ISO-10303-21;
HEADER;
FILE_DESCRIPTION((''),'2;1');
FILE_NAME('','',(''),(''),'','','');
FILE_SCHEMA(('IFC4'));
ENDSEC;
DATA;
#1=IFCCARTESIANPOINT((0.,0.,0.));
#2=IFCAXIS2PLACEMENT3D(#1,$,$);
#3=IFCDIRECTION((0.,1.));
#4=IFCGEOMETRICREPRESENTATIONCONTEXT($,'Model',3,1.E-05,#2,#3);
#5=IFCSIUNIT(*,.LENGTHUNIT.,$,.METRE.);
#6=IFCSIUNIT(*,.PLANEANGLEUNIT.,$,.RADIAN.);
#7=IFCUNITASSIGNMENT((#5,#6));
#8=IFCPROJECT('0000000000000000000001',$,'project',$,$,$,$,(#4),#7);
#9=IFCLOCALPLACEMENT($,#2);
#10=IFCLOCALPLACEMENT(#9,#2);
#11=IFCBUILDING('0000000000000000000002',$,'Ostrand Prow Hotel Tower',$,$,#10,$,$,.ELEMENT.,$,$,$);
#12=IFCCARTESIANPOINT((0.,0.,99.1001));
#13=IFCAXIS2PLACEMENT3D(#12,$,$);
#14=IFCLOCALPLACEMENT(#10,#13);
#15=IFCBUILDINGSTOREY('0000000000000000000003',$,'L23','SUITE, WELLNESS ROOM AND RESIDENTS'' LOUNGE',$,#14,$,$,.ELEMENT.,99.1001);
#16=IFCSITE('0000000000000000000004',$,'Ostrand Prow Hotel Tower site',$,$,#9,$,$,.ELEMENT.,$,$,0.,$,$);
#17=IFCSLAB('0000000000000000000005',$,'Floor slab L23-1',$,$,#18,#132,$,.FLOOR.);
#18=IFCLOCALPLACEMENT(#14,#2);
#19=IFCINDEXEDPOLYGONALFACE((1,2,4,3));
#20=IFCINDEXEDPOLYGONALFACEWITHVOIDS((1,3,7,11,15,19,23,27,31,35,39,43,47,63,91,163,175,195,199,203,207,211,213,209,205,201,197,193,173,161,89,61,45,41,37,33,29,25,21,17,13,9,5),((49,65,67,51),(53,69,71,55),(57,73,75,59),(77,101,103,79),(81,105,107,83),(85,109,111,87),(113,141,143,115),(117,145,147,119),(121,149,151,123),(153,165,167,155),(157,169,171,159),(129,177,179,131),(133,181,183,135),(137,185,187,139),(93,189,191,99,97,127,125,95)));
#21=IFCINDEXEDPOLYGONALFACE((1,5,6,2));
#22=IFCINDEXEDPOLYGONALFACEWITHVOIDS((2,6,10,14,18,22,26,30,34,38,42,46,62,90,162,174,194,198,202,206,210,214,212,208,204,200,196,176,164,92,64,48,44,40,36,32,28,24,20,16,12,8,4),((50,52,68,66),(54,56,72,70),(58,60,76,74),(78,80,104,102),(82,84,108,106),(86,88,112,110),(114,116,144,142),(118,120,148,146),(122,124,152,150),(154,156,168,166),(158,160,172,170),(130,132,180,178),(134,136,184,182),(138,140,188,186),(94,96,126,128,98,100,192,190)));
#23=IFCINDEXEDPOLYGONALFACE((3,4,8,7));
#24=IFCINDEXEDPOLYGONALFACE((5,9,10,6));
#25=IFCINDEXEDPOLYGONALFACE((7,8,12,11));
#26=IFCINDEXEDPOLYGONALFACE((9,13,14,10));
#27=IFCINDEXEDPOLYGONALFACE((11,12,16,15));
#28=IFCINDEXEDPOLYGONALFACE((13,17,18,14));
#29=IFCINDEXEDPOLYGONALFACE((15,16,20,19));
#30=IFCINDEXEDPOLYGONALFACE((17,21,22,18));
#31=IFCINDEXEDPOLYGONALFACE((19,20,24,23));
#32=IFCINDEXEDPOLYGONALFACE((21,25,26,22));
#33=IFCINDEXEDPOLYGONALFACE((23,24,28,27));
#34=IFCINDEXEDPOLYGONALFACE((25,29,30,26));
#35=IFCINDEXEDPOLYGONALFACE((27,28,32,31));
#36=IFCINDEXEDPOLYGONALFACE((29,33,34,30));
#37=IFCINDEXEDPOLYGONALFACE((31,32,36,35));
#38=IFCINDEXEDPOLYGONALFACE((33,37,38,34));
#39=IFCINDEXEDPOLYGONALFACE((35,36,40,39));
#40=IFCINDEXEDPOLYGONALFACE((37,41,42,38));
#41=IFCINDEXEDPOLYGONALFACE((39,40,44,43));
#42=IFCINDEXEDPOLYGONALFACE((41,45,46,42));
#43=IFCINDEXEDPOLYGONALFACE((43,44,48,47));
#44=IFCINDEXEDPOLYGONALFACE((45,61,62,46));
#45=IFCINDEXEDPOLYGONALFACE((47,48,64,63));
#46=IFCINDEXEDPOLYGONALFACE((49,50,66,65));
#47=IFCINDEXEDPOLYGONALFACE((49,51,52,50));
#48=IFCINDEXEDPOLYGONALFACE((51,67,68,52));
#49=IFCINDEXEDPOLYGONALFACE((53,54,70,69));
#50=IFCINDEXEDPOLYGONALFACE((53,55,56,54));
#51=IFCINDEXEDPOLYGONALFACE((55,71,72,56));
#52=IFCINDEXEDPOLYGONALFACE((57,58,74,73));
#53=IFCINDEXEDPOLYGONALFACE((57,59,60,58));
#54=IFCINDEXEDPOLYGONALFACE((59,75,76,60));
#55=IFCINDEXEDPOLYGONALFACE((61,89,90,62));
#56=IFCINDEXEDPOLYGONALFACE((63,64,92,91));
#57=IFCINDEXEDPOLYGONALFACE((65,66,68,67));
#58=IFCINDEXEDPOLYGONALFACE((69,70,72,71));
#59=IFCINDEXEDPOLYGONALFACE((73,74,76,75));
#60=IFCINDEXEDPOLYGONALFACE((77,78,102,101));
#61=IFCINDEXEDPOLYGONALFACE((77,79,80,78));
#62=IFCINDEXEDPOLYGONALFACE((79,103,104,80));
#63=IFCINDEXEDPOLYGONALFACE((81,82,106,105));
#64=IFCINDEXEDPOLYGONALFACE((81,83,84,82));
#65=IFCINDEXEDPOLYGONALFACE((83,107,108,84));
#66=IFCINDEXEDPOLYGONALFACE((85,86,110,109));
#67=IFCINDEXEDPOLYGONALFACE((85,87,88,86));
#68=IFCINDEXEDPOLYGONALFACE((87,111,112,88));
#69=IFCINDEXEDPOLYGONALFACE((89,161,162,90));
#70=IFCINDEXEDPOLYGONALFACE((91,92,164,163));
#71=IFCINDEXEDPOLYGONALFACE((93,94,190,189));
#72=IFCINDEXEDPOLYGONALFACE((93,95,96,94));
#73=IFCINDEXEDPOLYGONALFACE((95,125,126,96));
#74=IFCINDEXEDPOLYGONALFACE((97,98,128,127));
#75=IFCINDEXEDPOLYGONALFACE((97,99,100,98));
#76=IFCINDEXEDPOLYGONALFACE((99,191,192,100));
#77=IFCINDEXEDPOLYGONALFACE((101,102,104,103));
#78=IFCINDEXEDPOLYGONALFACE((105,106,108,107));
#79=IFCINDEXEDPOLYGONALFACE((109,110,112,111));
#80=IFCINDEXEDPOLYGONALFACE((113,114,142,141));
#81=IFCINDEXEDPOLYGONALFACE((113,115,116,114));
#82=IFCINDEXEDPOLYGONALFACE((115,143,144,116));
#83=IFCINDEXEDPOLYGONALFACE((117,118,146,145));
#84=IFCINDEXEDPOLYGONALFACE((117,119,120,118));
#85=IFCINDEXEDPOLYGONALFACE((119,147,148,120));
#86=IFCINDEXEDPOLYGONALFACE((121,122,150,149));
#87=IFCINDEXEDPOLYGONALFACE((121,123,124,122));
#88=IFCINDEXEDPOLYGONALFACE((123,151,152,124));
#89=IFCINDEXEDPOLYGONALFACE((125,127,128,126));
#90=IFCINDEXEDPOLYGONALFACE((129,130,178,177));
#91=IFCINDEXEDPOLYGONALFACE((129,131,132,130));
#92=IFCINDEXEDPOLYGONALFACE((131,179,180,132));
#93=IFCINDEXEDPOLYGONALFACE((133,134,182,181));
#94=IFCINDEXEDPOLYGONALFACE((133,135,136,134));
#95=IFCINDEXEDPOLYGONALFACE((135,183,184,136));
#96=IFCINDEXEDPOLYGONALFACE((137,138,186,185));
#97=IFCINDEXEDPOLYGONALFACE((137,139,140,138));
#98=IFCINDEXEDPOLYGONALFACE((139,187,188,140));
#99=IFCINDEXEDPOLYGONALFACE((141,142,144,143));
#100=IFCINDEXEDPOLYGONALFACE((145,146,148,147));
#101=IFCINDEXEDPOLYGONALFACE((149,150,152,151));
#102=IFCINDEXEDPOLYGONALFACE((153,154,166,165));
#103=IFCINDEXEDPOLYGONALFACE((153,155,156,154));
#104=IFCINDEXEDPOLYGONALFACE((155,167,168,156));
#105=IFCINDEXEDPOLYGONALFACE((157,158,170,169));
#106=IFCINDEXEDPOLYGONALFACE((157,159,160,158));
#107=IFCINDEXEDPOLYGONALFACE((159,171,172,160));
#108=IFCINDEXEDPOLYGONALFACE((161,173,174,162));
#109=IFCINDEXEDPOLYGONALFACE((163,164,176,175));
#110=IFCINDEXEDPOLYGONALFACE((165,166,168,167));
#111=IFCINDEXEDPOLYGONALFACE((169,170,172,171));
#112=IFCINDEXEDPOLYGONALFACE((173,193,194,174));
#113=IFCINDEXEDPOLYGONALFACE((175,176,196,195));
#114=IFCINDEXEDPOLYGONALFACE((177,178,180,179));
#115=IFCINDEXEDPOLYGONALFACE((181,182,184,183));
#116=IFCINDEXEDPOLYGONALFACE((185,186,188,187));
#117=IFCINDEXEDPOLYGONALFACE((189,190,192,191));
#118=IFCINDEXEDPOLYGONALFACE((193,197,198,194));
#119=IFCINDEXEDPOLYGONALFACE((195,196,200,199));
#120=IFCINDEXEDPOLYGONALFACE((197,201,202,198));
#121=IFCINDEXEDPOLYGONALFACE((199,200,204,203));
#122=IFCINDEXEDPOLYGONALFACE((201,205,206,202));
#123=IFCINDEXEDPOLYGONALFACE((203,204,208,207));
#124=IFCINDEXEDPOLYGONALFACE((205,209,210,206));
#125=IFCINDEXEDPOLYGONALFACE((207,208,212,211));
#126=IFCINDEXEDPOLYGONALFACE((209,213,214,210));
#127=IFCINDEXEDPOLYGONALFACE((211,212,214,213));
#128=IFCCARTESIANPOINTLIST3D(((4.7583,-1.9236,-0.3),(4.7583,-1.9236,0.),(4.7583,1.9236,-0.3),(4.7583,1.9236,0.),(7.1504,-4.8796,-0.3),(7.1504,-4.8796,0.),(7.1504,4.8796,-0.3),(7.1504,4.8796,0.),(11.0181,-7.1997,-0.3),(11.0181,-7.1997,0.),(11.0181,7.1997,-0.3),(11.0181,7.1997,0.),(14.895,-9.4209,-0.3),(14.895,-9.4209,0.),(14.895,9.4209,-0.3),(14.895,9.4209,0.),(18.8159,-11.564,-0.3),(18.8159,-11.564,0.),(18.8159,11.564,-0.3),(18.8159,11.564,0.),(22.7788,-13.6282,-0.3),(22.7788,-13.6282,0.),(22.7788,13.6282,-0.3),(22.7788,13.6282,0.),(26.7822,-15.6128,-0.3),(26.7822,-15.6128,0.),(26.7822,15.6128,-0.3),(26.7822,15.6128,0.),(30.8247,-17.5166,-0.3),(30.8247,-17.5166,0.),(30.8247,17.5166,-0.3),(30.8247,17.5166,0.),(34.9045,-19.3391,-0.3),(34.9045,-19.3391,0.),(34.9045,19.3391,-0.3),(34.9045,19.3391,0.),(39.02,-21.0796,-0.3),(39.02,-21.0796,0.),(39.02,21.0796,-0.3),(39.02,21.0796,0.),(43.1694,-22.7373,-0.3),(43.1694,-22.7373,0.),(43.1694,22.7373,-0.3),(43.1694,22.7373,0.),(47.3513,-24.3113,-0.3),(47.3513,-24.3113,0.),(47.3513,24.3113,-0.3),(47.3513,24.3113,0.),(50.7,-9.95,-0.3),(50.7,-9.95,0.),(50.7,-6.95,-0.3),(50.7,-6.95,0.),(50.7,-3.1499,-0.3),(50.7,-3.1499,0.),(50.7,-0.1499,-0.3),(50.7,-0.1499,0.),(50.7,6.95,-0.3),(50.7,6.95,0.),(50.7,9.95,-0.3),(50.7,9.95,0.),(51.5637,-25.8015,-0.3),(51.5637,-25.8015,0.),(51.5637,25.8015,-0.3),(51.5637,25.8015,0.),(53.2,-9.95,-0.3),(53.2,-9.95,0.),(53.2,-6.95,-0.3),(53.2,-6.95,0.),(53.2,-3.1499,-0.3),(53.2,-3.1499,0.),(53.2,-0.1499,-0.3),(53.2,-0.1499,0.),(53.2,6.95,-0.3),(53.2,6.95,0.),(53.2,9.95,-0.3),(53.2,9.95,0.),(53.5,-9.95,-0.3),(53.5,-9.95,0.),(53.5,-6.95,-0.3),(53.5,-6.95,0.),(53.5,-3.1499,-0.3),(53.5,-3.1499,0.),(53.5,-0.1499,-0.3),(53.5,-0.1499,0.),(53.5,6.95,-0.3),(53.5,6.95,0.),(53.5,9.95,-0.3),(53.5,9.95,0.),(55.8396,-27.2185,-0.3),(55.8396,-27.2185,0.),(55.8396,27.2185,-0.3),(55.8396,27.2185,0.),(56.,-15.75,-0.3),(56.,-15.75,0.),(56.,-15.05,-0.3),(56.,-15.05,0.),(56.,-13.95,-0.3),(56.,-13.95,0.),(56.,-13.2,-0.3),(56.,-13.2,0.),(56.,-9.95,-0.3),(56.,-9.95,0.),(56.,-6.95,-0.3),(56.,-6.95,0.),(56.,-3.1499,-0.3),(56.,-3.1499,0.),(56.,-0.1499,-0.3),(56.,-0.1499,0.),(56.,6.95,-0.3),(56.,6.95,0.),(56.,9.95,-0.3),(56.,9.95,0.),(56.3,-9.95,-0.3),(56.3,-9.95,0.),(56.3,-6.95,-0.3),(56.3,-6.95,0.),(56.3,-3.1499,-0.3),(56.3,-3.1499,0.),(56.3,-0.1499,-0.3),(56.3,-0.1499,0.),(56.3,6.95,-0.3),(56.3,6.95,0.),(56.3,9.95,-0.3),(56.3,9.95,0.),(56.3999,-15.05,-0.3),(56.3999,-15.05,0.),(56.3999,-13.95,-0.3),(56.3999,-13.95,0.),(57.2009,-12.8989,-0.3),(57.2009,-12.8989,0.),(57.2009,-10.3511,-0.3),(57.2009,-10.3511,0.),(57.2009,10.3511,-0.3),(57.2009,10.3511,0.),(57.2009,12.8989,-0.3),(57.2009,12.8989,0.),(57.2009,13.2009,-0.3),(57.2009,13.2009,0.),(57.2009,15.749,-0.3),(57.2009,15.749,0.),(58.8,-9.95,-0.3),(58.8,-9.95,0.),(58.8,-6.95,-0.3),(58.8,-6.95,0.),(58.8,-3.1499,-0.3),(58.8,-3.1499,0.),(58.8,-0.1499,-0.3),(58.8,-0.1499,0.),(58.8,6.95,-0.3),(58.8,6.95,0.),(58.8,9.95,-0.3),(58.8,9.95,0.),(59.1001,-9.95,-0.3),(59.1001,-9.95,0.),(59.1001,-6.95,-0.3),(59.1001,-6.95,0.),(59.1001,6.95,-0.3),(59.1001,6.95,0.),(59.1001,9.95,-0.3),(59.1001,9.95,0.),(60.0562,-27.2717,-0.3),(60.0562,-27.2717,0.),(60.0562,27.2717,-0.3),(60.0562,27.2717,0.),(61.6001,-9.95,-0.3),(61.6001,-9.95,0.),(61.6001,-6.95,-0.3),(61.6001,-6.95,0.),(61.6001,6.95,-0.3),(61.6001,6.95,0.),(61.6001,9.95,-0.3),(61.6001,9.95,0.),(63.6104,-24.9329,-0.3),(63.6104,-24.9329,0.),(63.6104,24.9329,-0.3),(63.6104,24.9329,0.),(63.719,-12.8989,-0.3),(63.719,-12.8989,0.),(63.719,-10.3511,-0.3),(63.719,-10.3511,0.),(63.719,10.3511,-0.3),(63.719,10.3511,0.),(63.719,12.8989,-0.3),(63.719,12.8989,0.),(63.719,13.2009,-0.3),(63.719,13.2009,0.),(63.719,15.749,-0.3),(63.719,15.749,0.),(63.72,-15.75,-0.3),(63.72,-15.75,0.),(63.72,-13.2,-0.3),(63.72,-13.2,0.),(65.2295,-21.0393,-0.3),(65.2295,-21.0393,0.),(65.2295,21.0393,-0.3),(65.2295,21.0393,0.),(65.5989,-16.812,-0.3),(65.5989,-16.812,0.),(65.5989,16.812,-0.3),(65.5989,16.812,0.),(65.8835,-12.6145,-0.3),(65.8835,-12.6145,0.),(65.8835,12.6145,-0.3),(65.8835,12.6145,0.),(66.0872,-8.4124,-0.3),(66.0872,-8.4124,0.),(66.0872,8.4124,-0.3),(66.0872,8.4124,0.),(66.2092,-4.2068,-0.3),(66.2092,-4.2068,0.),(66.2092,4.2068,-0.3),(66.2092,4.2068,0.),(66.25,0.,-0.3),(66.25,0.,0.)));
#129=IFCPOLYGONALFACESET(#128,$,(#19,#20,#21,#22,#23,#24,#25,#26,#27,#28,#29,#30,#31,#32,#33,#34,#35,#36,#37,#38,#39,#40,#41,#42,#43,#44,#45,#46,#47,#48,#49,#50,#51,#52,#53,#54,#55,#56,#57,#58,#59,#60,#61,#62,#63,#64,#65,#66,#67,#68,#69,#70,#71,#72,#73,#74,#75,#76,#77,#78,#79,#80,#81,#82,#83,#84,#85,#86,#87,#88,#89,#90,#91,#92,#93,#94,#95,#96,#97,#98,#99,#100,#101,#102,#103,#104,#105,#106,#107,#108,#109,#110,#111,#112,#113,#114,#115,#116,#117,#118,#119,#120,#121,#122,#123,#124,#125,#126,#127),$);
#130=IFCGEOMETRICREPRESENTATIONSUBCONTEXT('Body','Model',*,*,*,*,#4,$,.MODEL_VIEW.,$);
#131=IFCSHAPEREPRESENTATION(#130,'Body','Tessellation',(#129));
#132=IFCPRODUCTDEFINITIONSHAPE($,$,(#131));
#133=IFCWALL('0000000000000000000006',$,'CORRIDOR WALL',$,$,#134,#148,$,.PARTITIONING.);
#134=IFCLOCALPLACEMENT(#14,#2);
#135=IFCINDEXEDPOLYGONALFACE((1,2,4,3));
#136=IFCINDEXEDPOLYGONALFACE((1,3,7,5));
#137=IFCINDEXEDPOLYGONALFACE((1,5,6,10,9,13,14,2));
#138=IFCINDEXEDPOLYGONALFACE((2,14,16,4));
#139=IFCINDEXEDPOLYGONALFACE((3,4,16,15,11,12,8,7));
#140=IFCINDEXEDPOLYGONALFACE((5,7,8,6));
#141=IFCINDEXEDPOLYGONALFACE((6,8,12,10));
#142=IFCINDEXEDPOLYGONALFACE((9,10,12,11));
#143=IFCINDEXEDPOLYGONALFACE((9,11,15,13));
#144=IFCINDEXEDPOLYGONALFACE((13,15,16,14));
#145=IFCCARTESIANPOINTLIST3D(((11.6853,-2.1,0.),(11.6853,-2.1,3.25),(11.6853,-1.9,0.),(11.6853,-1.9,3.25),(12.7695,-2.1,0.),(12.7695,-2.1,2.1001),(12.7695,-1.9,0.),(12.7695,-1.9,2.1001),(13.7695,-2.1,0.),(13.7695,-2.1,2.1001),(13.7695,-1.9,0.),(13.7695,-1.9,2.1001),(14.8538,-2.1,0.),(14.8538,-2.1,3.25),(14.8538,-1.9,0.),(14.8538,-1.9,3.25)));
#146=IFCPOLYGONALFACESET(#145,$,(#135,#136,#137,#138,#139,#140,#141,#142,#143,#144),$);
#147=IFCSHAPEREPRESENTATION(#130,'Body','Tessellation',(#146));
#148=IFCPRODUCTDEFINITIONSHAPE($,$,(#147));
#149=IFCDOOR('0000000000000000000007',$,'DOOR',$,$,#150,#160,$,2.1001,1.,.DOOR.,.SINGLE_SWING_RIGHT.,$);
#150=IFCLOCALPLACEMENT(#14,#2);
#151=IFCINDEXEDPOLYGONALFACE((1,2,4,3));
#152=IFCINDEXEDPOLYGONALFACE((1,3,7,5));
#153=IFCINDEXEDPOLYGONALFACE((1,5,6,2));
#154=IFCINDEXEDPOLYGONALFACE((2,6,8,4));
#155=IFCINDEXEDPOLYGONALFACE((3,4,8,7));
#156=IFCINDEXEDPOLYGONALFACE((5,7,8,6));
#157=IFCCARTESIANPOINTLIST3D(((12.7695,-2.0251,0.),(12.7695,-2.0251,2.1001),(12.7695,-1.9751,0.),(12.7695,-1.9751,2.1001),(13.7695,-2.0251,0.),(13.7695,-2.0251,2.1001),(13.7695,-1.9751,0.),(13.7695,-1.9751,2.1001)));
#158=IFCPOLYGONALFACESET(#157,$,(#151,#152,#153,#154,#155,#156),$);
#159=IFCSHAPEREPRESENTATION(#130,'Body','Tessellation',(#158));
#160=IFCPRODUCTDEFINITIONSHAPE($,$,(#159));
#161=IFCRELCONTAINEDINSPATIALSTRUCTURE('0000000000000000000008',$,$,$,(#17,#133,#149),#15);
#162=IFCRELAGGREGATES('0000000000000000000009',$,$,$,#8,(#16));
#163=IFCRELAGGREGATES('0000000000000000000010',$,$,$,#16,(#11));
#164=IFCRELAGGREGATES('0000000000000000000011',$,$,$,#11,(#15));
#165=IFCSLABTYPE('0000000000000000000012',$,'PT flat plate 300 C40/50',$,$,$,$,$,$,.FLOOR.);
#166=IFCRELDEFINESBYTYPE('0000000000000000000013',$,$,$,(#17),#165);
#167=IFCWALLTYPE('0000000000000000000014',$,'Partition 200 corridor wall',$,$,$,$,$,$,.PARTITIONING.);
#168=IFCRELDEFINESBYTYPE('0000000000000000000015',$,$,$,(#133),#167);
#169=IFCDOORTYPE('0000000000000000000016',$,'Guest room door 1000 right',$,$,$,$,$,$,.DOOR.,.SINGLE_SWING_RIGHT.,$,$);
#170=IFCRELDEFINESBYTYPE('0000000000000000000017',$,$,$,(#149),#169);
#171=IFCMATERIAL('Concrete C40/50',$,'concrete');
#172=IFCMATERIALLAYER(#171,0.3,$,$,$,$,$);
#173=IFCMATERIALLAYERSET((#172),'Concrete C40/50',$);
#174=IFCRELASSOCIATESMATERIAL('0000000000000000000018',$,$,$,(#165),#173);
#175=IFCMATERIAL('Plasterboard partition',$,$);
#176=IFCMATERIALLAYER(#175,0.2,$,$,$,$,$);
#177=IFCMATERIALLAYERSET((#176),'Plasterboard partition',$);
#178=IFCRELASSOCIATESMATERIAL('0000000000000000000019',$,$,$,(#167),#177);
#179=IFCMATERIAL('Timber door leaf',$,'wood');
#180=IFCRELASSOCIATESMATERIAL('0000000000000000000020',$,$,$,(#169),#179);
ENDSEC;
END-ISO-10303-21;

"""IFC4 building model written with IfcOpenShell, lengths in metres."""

from ifc_helpers import new_model, si_unit, direction, frame, frame_2d, origin, place, context, subcontext, project, spatial, polyline, rectangle, outline, extrude, material, layer, layer_set, type_object, element, fill, save


model = new_model("IFC4")

# Units and contexts
model_context = context("Model", 3, precision=1e-05, world=origin(), true_north=direction((0.0, 1.0)))
body_context = subcontext(model_context, "Body", "Model", "MODEL_VIEW")
ifc_project = project(units=[si_unit("LENGTHUNIT", "METRE"), si_unit("PLANEANGLEUNIT", "RADIAN")], contexts=[model_context])

# Site, building, storey
site_placement = place(None, origin())
site = spatial("IfcSite", under=ifc_project, at=site_placement, Name="Ostrand Prow Hotel Tower site", CompositionType="ELEMENT", RefElevation=0.0)
building_placement = place(site_placement, origin())
building = spatial("IfcBuilding", under=site, at=building_placement, Name="Ostrand Prow Hotel Tower", CompositionType="ELEMENT")
storey_placement = place(building_placement, frame((0.0, 0.0, 99.1001)))
storey = spatial("IfcBuildingStorey", under=building, at=storey_placement, Name="L23", Description="SUITE, WELLNESS ROOM AND RESIDENTS' LOUNGE", CompositionType="ELEMENT", Elevation=99.1001)

# Slab, opening
ifc_material_1 = material(Name="Concrete C40/50", Category="concrete")
ifc_layer_1 = layer(ifc_material_1, 0.3)
ifc_layer_set_1 = layer_set([ifc_layer_1], Name="Concrete C40/50")
slab_type = type_object("IfcSlabType", Name="PT flat plate 300 C40/50", PredefinedType="FLOOR", material=ifc_layer_set_1)
slab_placement = place(storey_placement, frame((0.0, 0.0, -0.3)))
slab = element("IfcSlab", 1, at=slab_placement, inside=storey, type_object=slab_type, Name="Floor slab L23-1", PredefinedType="FLOOR", context=body_context, shape_type="SweptSolid", body=[
    extrude(outline(polyline([(7.1504, 4.8796), (11.0181, 7.1997), (14.895, 9.4209), (18.8159, 11.564), (22.7788, 13.6282), (26.7822, 15.6128), (30.8247, 17.5166), (34.9045, 19.3391), (39.02, 21.0796), (43.1694, 22.7373), (47.3513, 24.3113), (51.5637, 25.8015), (55.8396, 27.2185), (60.0562, 27.2717), (63.6104, 24.9329), (65.2295, 21.0393), (65.5989, 16.812), (65.8835, 12.6145), (66.0872, 8.4124), (66.2092, 4.2068), (66.25, 0.0), (66.2092, -4.2068), (66.0872, -8.4124), (65.8835, -12.6145), (65.5989, -16.812), (65.2295, -21.0393), (63.6104, -24.9329), (60.0562, -27.2717), (55.8396, -27.2185), (51.5637, -25.8015), (47.3513, -24.3113), (43.1694, -22.7373), (39.02, -21.0796), (34.9045, -19.3391), (30.8247, -17.5166), (26.7822, -15.6128), (22.7788, -13.6282), (18.8159, -11.564), (14.895, -9.4209), (11.0181, -7.1997), (7.1504, -4.8796), (4.7583, -1.9236), (4.7583, 1.9236), (7.1504, 4.8796)]), holes=[polyline([(50.7, 6.95), (53.2, 6.95), (53.2, 9.95), (50.7, 9.95), (50.7, 6.95)]), polyline([(53.5, 6.95), (56.0, 6.95), (56.0, 9.95), (53.5, 9.95), (53.5, 6.95)]), polyline([(56.3, 6.95), (58.8, 6.95), (58.8, 9.95), (56.3, 9.95), (56.3, 6.95)]), polyline([(59.1001, 6.95), (61.6001, 6.95), (61.6001, 9.95), (59.1001, 9.95), (59.1001, 6.95)]), polyline([(50.7, -3.1499), (53.2, -3.1499), (53.2, -0.1499), (50.7, -0.1499), (50.7, -3.1499)]), polyline([(53.5, -3.1499), (56.0, -3.1499), (56.0, -0.1499), (53.5, -0.1499), (53.5, -3.1499)]), polyline([(56.3, -3.1499), (58.8, -3.1499), (58.8, -0.1499), (56.3, -0.1499), (56.3, -3.1499)]), polyline([(50.7, -9.95), (53.2, -9.95), (53.2, -6.95), (50.7, -6.95), (50.7, -9.95)]), polyline([(53.5, -9.95), (56.0, -9.95), (56.0, -6.95), (53.5, -6.95), (53.5, -9.95)]), polyline([(56.3, -9.95), (58.8, -9.95), (58.8, -6.95), (56.3, -6.95), (56.3, -9.95)]), polyline([(59.1001, -9.95), (61.6001, -9.95), (61.6001, -6.95), (59.1001, -6.95), (59.1001, -9.95)]), polyline([(57.2009, 10.3511), (57.2009, 12.8989), (63.719, 12.8989), (63.719, 10.3511), (57.2009, 10.3511)]), polyline([(57.2009, 13.2009), (57.2009, 15.749), (63.719, 15.749), (63.719, 13.2009), (57.2009, 13.2009)]), polyline([(57.2009, -12.8989), (57.2009, -10.3511), (63.719, -10.3511), (63.719, -12.8989), (57.2009, -12.8989)]), polyline([(56.0, -13.2), (63.72, -13.2), (63.72, -15.75), (56.0, -15.75), (56.0, -15.05), (56.3999, -15.05), (56.3999, -13.95), (56.0, -13.95), (56.0, -13.2)])]), origin(), (0.0, 0.0, 1.0), 0.3),
])
opening_1_placement = place(slab_placement, origin())
element("IfcOpeningElement", 2, at=opening_1_placement, cuts=slab, PredefinedType="OPENING", context=body_context, shape_type="SweptSolid", body=[
    extrude(outline(polyline([(56.0, -13.2), (63.72, -13.2), (63.72, -15.75), (56.0, -15.75), (56.0, -15.05), (56.3999, -15.05), (56.3999, -13.95), (56.0, -13.95), (56.0, -13.2)])), origin(), (0.0, 0.0, 1.0), 0.3),
])

# Wall, opening, door
ifc_material_2 = material(Name="Plasterboard partition")
ifc_layer_2 = layer(ifc_material_2, 0.2)
ifc_layer_set_2 = layer_set([ifc_layer_2], Name="Plasterboard partition")
wall_type_1 = type_object("IfcWallType", Name="Partition 200 corridor wall", PredefinedType="PARTITIONING", material=ifc_layer_set_2)
wall_1_placement = place(storey_placement, frame((11.6853, -2.0, 0.0), z_axis=(0.0, 0.0, 1.0), x_axis=(1.0, 0.0, 0.0)))
wall_1 = element("IfcWall", 3, at=wall_1_placement, inside=storey, type_object=wall_type_1, Name="CORRIDOR WALL", PredefinedType="PARTITIONING", context=body_context, shape_type="SweptSolid", body=[
    extrude(rectangle(XDim=3.1685, YDim=0.2, at=frame_2d((1.5842, 0.0))), origin(), (0.0, 0.0, 1.0), 3.25),
])
opening_2_placement = place(wall_1_placement, frame((1.0842, 0.0, 0.0)))
opening_2 = element("IfcOpeningElement", 4, at=opening_2_placement, cuts=wall_1, PredefinedType="OPENING", context=body_context, shape_type="SweptSolid", body=[
    extrude(rectangle(XDim=1.0, YDim=2.1001, at=frame_2d((0.5, 1.05))), frame((0.0, 0.1099, 0.0), z_axis=(0.0, -1.0, 0.0), x_axis=(1.0, 0.0, 0.0)), (0.0, 0.0, 1.0), 0.22),
])
ifc_material_3 = material(Name="Timber door leaf", Category="wood")
door_type_1 = type_object("IfcDoorType", Name="Guest room door 1000 right", OperationType="SINGLE_SWING_RIGHT", PredefinedType="DOOR", material=ifc_material_3)
door_1_placement = place(opening_2_placement, origin())
door_1 = element("IfcDoor", 5, at=door_1_placement, inside=storey, type_object=door_type_1, Name="DOOR", OperationType="SINGLE_SWING_RIGHT", OverallHeight=2.1001, OverallWidth=1.0, PredefinedType="DOOR", context=body_context, shape_type="SweptSolid", body=[
    extrude(rectangle(XDim=1.0, YDim=2.1001, at=frame_2d((0.5, 1.05))), frame((0.0, 0.0249, 0.0), z_axis=(0.0, -1.0, 0.0), x_axis=(1.0, 0.0, 0.0)), (0.0, 0.0, 1.0), 0.05),
])
fill(opening_2, door_1)

save(model, "model.ifc")
